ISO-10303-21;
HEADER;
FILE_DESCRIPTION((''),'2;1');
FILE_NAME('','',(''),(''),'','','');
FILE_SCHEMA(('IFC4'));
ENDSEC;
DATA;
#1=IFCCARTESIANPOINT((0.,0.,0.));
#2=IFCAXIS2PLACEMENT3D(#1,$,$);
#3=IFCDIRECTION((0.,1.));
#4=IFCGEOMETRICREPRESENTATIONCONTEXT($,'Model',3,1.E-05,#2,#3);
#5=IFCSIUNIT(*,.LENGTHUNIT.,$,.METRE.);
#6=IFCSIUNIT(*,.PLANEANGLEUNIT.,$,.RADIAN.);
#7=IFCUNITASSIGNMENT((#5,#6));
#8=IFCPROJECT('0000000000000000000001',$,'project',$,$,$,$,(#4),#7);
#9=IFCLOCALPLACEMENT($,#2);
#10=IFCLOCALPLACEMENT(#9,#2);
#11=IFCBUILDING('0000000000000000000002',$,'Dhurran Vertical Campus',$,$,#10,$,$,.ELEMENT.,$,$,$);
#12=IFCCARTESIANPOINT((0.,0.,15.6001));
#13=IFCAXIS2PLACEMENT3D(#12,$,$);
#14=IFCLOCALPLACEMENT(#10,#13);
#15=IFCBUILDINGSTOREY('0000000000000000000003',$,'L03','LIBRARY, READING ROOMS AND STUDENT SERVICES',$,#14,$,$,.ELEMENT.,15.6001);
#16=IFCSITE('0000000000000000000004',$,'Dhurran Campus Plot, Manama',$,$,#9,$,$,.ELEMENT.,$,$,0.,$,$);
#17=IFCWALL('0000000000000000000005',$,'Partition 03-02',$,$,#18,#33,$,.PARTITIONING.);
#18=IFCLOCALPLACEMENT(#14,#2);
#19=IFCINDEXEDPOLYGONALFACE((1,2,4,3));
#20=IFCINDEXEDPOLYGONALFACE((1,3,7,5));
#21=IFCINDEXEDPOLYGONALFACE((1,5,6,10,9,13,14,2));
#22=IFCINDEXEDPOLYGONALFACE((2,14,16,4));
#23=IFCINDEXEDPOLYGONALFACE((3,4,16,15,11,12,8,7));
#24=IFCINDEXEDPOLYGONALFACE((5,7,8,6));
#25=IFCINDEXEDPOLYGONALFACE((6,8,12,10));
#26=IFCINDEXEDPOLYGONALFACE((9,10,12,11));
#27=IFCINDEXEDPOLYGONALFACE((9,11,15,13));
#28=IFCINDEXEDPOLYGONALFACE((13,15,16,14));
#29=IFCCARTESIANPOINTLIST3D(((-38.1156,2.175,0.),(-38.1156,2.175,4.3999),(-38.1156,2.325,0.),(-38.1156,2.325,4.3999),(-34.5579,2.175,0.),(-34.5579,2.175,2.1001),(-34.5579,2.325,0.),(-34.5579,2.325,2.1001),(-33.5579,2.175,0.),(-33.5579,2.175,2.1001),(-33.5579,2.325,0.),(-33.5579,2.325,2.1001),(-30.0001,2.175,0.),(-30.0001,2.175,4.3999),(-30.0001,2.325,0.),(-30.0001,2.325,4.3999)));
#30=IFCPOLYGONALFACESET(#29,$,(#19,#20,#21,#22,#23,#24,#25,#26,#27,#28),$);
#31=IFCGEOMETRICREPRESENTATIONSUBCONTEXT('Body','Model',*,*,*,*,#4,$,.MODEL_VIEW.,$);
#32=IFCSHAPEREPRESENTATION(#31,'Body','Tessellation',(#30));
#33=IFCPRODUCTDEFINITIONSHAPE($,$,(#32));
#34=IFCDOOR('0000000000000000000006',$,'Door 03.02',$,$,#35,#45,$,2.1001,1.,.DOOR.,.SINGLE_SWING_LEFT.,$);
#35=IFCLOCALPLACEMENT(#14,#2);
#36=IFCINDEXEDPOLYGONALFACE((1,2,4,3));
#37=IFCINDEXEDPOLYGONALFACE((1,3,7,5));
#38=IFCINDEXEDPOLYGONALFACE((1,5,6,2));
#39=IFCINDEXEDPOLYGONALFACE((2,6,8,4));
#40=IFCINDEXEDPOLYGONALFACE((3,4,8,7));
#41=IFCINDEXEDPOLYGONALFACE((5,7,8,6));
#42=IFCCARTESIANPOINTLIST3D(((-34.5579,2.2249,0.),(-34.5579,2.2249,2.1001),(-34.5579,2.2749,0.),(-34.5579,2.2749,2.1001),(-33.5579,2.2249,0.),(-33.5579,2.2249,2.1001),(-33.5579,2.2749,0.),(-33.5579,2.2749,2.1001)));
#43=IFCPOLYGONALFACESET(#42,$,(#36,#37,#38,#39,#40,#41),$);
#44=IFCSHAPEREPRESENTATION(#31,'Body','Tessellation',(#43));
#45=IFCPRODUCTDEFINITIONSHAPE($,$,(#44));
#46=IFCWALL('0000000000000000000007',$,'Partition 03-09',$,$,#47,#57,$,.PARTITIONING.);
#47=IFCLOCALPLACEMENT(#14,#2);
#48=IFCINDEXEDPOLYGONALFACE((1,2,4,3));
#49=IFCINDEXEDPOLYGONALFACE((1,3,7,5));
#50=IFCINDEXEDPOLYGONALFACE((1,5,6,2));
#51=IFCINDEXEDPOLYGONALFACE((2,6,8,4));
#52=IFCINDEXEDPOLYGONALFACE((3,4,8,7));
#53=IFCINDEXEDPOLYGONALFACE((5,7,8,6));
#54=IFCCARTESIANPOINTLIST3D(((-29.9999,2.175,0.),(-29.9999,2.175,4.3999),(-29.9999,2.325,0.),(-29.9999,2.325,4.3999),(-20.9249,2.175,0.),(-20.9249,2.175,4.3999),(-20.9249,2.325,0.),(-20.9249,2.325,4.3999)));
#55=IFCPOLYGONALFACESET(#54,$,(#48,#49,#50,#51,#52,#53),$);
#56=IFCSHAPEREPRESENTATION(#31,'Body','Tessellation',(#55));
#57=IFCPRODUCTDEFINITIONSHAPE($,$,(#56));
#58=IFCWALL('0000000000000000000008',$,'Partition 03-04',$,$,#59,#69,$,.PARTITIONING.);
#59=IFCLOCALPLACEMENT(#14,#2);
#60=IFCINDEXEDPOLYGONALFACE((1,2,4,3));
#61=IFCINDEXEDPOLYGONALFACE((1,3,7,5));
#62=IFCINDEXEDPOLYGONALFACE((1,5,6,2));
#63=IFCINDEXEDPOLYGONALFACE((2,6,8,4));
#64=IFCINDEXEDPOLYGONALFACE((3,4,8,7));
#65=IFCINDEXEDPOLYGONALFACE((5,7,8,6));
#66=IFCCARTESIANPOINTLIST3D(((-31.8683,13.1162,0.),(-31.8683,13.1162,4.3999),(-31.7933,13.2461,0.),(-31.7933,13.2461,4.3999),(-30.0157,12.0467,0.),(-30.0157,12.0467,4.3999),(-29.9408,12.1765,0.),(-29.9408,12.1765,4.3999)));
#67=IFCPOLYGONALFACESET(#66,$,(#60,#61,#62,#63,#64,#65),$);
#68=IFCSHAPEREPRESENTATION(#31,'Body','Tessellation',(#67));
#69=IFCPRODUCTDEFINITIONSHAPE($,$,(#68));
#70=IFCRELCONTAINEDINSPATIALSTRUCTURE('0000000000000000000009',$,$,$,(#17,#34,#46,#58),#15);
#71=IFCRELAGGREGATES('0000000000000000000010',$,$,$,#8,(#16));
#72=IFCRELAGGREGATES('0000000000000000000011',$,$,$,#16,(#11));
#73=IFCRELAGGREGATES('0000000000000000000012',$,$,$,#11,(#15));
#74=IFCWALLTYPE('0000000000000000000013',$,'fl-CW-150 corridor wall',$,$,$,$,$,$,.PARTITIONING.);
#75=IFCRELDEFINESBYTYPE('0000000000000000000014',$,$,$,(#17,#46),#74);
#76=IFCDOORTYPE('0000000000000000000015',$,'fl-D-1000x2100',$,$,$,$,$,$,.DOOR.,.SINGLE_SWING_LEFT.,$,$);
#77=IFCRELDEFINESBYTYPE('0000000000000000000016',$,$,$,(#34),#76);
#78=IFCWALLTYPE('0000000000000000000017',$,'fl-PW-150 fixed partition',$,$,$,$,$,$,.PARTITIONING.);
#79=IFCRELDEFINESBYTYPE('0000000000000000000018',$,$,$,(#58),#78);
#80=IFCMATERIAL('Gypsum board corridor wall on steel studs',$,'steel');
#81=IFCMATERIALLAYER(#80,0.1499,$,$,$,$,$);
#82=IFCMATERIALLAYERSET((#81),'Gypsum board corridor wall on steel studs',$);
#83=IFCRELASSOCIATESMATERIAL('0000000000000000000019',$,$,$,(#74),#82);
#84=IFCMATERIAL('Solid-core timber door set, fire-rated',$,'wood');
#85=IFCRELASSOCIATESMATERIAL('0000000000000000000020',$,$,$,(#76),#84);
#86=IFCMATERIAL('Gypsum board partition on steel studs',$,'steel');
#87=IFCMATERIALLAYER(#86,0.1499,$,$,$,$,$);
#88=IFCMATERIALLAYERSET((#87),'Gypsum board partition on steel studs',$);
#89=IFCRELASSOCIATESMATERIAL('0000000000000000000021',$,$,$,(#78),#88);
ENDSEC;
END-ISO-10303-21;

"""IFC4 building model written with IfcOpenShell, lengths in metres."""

from ifc_helpers import new_model, si_unit, direction, frame, frame_2d, origin, place, context, subcontext, project, spatial, rectangle, extrude, material, layer, layer_set, type_object, element, fill, save


model = new_model("IFC4")

# Units and contexts
model_context = context("Model", 3, precision=1e-05, world=origin(), true_north=direction((0.0, 1.0)))
body_context = subcontext(model_context, "Body", "Model", "MODEL_VIEW")
ifc_project = project(units=[si_unit("LENGTHUNIT", "METRE"), si_unit("PLANEANGLEUNIT", "RADIAN")], contexts=[model_context])

# Site, building, storey
site_placement = place(None, origin())
site = spatial("IfcSite", under=ifc_project, at=site_placement, Name="Dhurran Campus Plot, Manama", CompositionType="ELEMENT", RefElevation=0.0)
building_placement = place(site_placement, origin())
building = spatial("IfcBuilding", under=site, at=building_placement, Name="Dhurran Vertical Campus", CompositionType="ELEMENT")
storey_placement = place(building_placement, frame((0.0, 0.0, 15.6001)))
storey = spatial("IfcBuildingStorey", under=building, at=storey_placement, Name="L03", Description="LIBRARY, READING ROOMS AND STUDENT SERVICES", CompositionType="ELEMENT", Elevation=15.6001)

# Wall, opening, door
ifc_material_1 = material(Name="Gypsum board corridor wall on steel studs", Category="steel")
ifc_layer_1 = layer(ifc_material_1, 0.1499)
ifc_layer_set_1 = layer_set([ifc_layer_1], Name="Gypsum board corridor wall on steel studs")
wall_type_1 = type_object("IfcWallType", Name="fl-CW-150 corridor wall", PredefinedType="PARTITIONING", material=ifc_layer_set_1)
wall_1_placement = place(storey_placement, frame((-38.1155, 2.25, 0.0), z_axis=(0.0, 0.0, 1.0), x_axis=(1.0, 0.0, 0.0)))
wall_1 = element("IfcWall", 1, at=wall_1_placement, inside=storey, type_object=wall_type_1, Name="Partition 03-02", PredefinedType="PARTITIONING", context=body_context, shape_type="SweptSolid", body=[
    extrude(rectangle(XDim=8.1155, YDim=0.1499, at=frame_2d((4.0576, 0.0))), origin(), (0.0, 0.0, 1.0), 4.3999),
])
opening_1_placement = place(wall_1_placement, frame((3.5576, 0.0, 0.0)))
opening_1 = element("IfcOpeningElement", 2, at=opening_1_placement, cuts=wall_1, PredefinedType="OPENING", context=body_context, shape_type="SweptSolid", body=[
    extrude(rectangle(XDim=1.0, YDim=2.1001, at=frame_2d((0.5, 1.05))), frame((0.0, 0.085, 0.0), z_axis=(0.0, -1.0, 0.0), x_axis=(1.0, 0.0, 0.0)), (0.0, 0.0, 1.0), 0.1699),
])
ifc_material_2 = material(Name="Solid-core timber door set, fire-rated", Category="wood")
door_type = type_object("IfcDoorType", Name="fl-D-1000x2100", OperationType="SINGLE_SWING_LEFT", PredefinedType="DOOR", material=ifc_material_2)
door_placement = place(opening_1_placement, origin())
door = element("IfcDoor", 3, at=door_placement, inside=storey, type_object=door_type, Name="Door 03.02", OperationType="SINGLE_SWING_LEFT", OverallHeight=2.1001, OverallWidth=1.0, PredefinedType="DOOR", context=body_context, shape_type="SweptSolid", body=[
    extrude(rectangle(XDim=1.0, YDim=2.1001, at=frame_2d((0.5, 1.05))), frame((0.0, 0.0249, 0.0), z_axis=(0.0, -1.0, 0.0), x_axis=(1.0, 0.0, 0.0)), (0.0, 0.0, 1.0), 0.05),
])
fill(opening_1, door)

# Walls
wall_2_placement = place(storey_placement, frame((-30.0, 2.25, 0.0), z_axis=(0.0, 0.0, 1.0), x_axis=(1.0, 0.0, 0.0)))
element("IfcWall", 4, at=wall_2_placement, inside=storey, type_object=wall_type_1, Name="Partition 03-09", PredefinedType="PARTITIONING", context=body_context, shape_type="SweptSolid", body=[
    extrude(rectangle(XDim=9.075, YDim=0.1499, at=frame_2d((4.5376, 0.0))), origin(), (0.0, 0.0, 1.0), 4.3999),
])
ifc_material_3 = material(Name="Gypsum board partition on steel studs", Category="steel")
ifc_layer_2 = layer(ifc_material_3, 0.1499)
ifc_layer_set_2 = layer_set([ifc_layer_2], Name="Gypsum board partition on steel studs")
wall_type_2 = type_object("IfcWallType", Name="fl-PW-150 fixed partition", PredefinedType="PARTITIONING", material=ifc_layer_set_2)
wall_3_placement = place(storey_placement, frame((-31.8308, 13.1812, 0.0), z_axis=(0.0, 0.0, 1.0), x_axis=(0.866022, -0.500006, 0.0)))
element("IfcWall", 5, at=wall_3_placement, inside=storey, type_object=wall_type_2, Name="Partition 03-04", PredefinedType="PARTITIONING", context=body_context, shape_type="SweptSolid", body=[
    extrude(rectangle(XDim=2.1392, YDim=0.1499, at=frame_2d((1.0696, 0.0))), origin(), (0.0, 0.0, 1.0), 4.3999),
])

save(model, "model.ifc")
